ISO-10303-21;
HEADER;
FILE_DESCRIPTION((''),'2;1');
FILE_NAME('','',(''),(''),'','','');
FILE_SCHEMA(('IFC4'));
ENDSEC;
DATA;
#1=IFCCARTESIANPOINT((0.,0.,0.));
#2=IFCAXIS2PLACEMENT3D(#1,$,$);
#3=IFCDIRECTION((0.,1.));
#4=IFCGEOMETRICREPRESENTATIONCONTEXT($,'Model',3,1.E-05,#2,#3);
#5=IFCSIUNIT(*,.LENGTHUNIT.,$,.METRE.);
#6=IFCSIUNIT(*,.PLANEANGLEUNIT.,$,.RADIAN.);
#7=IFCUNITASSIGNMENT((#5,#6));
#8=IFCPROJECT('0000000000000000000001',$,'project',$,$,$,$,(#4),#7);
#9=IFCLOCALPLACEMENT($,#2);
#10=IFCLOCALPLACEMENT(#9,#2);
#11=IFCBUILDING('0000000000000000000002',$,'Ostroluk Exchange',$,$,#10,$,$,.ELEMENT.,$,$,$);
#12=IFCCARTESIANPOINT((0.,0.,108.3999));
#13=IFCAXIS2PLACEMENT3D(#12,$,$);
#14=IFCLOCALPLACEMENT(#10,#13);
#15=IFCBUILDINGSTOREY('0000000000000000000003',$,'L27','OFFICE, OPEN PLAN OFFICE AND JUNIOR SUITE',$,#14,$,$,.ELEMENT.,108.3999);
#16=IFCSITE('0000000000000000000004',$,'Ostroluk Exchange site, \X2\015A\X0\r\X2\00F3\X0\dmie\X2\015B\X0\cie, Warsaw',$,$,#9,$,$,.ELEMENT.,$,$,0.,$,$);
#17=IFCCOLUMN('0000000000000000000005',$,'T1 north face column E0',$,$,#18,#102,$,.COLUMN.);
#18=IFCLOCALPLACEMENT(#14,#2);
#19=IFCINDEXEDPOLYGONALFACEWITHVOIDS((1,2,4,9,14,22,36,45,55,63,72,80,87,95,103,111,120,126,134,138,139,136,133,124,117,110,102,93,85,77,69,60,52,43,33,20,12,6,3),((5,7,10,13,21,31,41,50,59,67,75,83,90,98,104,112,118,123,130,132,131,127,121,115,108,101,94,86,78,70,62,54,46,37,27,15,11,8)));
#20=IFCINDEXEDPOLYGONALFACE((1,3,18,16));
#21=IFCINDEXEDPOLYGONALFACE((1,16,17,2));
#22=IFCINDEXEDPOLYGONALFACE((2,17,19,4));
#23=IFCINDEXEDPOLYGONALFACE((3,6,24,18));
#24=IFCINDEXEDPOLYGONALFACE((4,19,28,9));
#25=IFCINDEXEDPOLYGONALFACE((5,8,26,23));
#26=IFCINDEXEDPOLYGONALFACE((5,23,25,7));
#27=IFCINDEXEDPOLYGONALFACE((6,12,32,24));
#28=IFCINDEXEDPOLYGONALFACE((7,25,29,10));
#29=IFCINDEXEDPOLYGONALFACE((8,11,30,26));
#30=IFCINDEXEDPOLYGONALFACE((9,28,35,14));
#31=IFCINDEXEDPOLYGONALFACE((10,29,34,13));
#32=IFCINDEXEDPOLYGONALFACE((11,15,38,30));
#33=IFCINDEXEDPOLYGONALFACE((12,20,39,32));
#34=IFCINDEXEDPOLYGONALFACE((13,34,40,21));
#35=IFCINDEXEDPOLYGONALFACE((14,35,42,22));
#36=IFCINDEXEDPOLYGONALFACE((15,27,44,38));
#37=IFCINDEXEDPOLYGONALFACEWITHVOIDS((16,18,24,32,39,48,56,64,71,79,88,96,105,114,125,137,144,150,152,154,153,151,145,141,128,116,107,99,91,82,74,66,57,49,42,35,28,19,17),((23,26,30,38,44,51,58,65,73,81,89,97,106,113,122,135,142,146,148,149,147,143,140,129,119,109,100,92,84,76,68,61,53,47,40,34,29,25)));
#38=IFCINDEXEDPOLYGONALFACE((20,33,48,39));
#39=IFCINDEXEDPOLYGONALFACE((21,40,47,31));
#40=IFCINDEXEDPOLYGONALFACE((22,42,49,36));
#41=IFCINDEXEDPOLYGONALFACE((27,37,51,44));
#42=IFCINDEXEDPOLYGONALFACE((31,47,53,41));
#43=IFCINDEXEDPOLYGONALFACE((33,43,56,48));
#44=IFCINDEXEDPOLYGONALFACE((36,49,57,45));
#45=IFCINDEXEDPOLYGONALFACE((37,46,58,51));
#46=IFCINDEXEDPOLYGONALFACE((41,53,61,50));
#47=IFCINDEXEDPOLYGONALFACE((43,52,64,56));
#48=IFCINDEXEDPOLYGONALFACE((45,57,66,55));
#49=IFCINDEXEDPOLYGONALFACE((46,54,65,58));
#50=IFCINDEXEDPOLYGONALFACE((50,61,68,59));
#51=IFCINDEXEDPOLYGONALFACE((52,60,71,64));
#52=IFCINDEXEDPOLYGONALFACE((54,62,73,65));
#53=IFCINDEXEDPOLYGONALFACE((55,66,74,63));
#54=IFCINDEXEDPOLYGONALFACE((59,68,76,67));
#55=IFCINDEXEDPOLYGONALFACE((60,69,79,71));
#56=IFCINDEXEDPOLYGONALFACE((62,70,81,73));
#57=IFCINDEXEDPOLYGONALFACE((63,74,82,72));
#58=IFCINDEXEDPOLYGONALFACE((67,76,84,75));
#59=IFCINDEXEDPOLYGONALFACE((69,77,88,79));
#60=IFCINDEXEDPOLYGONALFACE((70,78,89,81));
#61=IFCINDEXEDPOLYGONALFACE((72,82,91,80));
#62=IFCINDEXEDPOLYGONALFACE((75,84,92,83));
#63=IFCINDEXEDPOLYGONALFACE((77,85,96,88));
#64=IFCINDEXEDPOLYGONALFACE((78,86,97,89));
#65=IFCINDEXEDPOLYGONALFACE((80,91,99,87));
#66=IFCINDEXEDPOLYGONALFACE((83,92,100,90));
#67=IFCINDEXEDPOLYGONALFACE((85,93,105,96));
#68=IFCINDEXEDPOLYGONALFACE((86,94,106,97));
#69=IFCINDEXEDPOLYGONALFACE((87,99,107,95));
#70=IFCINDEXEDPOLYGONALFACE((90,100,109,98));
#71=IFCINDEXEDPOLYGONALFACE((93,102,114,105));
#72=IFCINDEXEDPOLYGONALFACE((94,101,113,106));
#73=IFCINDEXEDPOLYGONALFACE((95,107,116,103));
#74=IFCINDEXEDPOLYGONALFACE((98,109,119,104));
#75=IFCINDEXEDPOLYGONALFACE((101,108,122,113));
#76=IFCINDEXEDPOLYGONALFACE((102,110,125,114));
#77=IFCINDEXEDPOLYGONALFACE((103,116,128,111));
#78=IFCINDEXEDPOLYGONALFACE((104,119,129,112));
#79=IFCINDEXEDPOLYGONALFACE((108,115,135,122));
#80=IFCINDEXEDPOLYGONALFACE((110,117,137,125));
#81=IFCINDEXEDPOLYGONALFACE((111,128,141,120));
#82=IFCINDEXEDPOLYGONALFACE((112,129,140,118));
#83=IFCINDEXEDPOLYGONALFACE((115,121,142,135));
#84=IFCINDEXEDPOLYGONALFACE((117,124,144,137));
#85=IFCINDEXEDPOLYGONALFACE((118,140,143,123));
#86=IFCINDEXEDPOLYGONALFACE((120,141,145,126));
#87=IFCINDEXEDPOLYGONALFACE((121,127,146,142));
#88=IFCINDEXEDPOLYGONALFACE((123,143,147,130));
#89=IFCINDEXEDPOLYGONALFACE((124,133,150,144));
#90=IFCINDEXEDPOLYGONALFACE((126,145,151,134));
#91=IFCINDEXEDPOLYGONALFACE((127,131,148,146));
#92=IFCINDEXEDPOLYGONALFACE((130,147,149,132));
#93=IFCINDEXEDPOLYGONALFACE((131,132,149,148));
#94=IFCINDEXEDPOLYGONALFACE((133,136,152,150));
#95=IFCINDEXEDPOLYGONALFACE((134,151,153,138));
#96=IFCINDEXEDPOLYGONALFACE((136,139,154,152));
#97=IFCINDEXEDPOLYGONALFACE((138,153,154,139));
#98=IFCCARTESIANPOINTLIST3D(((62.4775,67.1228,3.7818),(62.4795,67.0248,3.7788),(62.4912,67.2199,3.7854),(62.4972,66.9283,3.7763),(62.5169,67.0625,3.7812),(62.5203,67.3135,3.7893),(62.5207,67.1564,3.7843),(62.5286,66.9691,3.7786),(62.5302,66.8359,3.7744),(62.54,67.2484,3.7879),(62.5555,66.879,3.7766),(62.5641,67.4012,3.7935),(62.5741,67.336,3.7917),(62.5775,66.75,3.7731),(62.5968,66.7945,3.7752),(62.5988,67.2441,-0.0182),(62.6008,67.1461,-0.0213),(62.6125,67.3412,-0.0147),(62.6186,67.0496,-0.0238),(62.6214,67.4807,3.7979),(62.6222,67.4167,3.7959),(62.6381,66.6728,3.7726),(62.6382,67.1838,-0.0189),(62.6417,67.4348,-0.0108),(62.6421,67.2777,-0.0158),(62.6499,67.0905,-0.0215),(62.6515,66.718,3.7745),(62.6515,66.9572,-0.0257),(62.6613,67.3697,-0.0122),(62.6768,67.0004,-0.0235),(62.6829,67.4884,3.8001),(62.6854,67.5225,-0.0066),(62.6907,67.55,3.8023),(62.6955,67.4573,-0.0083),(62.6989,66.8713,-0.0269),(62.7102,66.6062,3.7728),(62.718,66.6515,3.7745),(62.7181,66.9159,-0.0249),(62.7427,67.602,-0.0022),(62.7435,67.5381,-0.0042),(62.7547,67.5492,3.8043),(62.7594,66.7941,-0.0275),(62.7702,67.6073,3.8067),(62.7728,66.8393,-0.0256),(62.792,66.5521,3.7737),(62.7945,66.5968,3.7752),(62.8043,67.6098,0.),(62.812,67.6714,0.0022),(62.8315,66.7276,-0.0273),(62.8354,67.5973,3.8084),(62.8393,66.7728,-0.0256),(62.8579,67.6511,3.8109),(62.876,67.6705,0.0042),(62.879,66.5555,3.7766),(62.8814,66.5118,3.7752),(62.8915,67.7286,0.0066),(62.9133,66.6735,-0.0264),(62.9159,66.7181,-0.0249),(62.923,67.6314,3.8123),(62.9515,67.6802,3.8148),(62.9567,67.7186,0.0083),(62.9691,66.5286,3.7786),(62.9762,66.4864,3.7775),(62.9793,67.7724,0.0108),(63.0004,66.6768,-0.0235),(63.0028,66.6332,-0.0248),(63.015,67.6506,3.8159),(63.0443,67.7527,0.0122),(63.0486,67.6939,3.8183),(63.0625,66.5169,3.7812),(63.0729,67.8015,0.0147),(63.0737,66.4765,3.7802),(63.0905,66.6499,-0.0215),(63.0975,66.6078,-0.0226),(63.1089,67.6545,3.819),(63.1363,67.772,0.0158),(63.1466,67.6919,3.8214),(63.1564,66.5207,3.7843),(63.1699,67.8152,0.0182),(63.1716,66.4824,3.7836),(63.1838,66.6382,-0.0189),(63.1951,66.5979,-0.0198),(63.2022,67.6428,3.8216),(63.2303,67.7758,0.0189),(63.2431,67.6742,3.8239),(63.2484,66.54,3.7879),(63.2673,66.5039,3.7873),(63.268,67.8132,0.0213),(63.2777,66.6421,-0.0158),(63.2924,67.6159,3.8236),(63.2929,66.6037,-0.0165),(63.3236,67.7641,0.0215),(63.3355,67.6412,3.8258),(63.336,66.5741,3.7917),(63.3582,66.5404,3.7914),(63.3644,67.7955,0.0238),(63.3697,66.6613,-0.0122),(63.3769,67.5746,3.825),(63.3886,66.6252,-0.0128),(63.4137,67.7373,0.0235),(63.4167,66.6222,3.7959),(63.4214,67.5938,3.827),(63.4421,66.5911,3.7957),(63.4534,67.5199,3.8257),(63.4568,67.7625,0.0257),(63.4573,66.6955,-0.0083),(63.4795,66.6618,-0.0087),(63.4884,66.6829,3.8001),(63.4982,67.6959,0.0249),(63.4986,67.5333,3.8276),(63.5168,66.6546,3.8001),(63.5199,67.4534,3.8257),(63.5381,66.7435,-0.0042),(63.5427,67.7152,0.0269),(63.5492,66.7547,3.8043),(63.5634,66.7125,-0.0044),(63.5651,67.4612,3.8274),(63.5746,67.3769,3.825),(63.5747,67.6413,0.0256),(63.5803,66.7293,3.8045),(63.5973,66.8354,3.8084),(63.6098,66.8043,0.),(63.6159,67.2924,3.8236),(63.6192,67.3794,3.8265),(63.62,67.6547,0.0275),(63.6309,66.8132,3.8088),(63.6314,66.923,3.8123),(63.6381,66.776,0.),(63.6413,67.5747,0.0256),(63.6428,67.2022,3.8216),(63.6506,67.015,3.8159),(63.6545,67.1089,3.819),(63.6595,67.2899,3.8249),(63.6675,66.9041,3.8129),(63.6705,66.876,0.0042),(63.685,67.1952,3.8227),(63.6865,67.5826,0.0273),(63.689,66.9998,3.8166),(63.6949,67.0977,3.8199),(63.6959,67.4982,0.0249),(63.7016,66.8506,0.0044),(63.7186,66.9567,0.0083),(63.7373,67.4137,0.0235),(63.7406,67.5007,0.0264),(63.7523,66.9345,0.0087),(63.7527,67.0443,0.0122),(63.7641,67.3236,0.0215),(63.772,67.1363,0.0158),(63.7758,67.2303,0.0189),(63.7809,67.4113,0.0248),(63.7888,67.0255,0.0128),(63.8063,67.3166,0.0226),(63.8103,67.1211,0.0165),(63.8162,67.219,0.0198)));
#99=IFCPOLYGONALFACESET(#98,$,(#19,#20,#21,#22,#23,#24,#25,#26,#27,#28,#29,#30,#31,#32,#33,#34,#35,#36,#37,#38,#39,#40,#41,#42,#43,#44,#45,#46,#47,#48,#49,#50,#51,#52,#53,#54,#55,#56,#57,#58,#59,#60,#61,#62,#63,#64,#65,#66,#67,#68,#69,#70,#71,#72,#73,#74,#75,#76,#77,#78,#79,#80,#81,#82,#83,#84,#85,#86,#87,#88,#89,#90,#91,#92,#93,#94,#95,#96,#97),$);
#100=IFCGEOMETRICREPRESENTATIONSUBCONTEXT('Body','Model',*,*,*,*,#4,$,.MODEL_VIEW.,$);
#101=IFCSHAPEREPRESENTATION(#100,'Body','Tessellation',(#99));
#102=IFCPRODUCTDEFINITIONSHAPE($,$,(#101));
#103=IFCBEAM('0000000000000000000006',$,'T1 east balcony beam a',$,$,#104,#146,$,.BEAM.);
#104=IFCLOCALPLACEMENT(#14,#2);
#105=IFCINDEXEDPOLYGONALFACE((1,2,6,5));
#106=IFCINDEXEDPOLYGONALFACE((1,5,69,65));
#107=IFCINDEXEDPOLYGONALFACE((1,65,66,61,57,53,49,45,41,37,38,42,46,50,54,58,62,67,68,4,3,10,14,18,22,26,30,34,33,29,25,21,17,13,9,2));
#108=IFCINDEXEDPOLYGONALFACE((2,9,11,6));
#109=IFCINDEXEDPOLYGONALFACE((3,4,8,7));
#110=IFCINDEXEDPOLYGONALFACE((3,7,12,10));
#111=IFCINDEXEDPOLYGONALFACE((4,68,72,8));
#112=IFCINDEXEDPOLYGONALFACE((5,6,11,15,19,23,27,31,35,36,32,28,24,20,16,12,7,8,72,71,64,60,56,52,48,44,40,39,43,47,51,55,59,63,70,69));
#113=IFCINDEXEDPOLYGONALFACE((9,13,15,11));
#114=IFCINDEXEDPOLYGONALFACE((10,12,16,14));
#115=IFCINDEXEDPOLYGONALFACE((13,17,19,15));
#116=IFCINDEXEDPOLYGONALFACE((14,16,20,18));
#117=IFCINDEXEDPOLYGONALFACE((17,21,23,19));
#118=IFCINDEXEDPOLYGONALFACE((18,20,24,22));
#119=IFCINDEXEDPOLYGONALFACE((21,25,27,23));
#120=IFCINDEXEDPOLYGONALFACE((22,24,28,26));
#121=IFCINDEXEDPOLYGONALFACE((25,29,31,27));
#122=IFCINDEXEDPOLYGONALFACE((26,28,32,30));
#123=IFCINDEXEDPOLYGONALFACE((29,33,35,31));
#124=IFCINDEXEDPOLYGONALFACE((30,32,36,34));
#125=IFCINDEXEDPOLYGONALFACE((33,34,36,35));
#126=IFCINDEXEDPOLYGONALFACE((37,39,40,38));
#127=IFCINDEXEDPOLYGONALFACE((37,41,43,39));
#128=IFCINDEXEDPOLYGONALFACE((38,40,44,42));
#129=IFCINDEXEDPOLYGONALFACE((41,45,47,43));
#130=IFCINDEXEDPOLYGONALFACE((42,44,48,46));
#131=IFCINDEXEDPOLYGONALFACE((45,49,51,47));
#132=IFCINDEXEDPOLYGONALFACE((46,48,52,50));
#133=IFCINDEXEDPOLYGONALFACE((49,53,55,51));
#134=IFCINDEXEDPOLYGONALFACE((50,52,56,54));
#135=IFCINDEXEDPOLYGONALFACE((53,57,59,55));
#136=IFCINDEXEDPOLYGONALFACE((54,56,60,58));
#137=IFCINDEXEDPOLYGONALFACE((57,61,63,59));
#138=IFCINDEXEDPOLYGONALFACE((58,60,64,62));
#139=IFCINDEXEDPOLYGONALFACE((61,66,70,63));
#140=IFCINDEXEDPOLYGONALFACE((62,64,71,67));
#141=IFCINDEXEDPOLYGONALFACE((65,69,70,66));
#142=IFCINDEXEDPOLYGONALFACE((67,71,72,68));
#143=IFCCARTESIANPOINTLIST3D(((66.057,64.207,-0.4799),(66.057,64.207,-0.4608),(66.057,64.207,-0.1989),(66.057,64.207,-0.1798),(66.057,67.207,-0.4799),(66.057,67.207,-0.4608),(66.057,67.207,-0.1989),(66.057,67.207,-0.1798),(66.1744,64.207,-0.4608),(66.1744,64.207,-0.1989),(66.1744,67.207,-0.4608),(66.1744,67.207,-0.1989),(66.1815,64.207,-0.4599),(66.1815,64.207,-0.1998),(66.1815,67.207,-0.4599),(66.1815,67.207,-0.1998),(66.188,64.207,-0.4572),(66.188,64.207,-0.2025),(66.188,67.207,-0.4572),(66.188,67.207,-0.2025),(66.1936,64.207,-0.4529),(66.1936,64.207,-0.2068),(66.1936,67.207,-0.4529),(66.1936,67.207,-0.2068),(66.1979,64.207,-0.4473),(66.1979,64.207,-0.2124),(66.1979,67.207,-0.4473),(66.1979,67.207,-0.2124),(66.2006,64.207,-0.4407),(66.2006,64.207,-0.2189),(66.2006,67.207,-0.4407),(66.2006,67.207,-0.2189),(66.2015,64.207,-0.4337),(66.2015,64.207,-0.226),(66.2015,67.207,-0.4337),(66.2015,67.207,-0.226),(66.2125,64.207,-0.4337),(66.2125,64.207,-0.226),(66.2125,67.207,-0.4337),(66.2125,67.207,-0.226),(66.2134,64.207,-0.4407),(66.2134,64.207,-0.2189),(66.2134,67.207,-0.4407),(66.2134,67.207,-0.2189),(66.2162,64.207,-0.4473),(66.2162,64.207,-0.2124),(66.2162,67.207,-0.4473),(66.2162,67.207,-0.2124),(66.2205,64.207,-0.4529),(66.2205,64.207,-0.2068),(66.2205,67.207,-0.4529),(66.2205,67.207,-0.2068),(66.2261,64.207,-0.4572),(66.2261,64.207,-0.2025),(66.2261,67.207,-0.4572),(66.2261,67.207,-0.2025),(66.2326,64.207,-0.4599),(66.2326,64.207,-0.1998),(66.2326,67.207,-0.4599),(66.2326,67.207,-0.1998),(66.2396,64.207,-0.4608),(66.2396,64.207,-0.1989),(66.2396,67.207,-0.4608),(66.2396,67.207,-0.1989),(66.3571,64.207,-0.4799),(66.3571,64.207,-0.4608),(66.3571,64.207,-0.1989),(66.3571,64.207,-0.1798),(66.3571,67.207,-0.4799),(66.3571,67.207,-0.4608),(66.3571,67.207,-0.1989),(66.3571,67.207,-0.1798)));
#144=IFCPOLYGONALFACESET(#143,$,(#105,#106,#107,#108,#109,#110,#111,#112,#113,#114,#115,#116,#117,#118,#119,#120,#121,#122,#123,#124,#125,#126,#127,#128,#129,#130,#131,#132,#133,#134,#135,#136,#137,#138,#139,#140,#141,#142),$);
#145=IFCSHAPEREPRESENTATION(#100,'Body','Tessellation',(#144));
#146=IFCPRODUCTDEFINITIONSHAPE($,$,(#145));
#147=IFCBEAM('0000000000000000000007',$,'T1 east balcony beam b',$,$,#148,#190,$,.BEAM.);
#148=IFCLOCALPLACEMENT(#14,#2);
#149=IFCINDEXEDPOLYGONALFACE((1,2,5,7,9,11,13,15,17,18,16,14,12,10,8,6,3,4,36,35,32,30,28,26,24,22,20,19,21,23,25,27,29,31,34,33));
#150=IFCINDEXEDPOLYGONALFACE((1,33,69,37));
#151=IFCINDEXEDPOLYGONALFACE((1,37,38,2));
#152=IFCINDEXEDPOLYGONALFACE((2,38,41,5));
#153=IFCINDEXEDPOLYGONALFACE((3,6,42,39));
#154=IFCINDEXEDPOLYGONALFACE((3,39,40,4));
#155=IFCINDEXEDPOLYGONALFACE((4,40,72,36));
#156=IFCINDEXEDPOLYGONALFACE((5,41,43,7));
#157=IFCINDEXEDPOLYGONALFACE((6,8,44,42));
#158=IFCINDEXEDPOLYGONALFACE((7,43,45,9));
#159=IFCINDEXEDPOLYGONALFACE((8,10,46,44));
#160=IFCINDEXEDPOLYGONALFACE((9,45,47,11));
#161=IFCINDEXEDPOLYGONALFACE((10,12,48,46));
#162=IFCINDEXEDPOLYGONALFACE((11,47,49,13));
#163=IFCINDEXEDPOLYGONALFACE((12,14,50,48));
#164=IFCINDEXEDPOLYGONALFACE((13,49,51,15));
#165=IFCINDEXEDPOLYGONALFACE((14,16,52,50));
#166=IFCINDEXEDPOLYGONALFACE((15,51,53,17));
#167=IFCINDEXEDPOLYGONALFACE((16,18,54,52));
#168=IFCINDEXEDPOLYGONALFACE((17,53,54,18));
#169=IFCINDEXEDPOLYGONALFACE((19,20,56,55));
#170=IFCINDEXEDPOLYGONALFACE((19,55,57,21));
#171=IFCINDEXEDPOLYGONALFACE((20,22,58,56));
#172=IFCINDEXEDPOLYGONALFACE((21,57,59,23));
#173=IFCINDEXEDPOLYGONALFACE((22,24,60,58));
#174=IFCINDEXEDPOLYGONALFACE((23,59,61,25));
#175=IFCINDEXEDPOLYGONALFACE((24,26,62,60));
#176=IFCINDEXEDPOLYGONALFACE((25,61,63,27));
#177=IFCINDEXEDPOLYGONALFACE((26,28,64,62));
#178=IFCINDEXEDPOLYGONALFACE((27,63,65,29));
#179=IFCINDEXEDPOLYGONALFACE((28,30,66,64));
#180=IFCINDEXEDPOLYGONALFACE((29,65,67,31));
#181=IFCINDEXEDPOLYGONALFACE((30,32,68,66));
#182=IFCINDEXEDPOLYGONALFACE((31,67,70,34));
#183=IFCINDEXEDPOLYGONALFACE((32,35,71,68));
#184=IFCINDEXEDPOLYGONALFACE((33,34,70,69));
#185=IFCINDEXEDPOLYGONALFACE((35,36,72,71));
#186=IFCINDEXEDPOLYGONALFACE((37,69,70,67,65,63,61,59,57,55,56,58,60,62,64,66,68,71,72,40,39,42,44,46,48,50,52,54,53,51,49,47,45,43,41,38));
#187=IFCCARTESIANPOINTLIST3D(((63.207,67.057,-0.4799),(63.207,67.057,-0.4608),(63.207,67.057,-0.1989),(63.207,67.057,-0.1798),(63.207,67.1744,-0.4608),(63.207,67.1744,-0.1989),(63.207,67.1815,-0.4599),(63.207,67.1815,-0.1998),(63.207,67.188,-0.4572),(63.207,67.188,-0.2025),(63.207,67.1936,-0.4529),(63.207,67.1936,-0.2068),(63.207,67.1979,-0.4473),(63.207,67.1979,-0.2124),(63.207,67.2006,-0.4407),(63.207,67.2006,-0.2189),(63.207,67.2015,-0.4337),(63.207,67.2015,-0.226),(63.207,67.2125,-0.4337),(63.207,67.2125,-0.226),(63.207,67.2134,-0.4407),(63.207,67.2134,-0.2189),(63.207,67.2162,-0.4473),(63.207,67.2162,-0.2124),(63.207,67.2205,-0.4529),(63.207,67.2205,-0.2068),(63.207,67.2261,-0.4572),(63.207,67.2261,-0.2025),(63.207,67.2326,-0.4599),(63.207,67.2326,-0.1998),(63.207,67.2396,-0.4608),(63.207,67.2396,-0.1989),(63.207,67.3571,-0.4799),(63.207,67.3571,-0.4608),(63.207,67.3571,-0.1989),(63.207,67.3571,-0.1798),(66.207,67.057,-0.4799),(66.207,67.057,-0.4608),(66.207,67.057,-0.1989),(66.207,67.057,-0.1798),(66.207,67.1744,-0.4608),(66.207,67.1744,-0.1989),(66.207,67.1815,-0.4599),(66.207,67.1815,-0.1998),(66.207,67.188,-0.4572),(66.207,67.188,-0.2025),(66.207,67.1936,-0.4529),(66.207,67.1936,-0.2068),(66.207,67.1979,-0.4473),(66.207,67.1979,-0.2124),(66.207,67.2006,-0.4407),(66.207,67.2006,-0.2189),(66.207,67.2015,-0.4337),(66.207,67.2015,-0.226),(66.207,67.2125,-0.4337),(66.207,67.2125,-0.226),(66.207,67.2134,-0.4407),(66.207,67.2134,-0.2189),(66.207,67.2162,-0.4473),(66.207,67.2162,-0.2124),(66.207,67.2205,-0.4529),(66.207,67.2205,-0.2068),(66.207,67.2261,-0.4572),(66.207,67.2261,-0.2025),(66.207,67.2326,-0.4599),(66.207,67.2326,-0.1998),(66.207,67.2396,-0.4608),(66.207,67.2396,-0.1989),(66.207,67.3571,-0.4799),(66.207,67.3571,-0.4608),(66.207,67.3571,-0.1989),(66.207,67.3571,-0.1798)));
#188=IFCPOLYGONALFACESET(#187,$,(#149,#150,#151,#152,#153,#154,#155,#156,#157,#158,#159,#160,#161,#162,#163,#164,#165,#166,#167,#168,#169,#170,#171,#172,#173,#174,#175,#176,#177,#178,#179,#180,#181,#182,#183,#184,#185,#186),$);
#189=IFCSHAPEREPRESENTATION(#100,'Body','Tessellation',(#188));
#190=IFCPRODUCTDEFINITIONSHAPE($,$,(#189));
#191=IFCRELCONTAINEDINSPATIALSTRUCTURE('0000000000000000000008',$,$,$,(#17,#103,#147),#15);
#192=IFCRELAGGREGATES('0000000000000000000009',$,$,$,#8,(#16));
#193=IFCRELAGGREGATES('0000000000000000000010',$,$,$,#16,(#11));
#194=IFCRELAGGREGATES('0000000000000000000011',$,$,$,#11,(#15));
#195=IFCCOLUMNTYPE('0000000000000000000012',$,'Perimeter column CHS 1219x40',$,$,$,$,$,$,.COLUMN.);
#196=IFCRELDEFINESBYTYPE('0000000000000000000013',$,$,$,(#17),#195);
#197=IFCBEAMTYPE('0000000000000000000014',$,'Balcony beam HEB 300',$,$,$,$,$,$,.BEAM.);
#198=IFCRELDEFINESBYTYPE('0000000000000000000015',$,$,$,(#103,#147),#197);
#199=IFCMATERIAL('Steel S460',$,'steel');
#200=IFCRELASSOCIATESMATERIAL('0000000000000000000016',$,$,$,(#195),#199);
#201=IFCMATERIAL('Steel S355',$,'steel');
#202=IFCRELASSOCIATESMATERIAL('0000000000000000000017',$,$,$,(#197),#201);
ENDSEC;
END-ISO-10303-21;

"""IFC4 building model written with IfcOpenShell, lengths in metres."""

from ifc_helpers import new_model, si_unit, direction, frame, origin, origin_2d, place, context, subcontext, project, spatial, hollow_circle, i_section, extrude, material, material_profile, profile_set, type_object, element, save


model = new_model("IFC4")

# Units and contexts
model_context = context("Model", 3, precision=1e-05, world=origin(), true_north=direction((0.0, 1.0)))
body_context = subcontext(model_context, "Body", "Model", "MODEL_VIEW")
ifc_project = project(units=[si_unit("LENGTHUNIT", "METRE"), si_unit("PLANEANGLEUNIT", "RADIAN")], contexts=[model_context])

# Site, building, storey
site_placement = place(None, origin())
site = spatial("IfcSite", under=ifc_project, at=site_placement, Name="Ostroluk Exchange site, Śródmieście, Warsaw", CompositionType="ELEMENT", RefElevation=0.0)
building_placement = place(site_placement, origin())
building = spatial("IfcBuilding", under=site, at=building_placement, Name="Ostroluk Exchange", CompositionType="ELEMENT")
storey_placement = place(building_placement, frame((0.0, 0.0, 108.3999)))
storey = spatial("IfcBuildingStorey", under=building, at=storey_placement, Name="L27", Description="OFFICE, OPEN PLAN OFFICE AND JUNIOR SUITE", CompositionType="ELEMENT", Elevation=108.3999)

# Column
ifc_material_1 = material(Name="Steel S460", Category="steel")
ifc_material_profile_1 = material_profile(ifc_material_1, hollow_circle(Radius=0.6096, WallThickness=0.04, at=origin_2d()), Name="CHS 1219x40")
ifc_profile_set_1 = profile_set([ifc_material_profile_1], Name="Steel S460")
column_type = type_object("IfcColumnType", Name="Perimeter column CHS 1219x40", PredefinedType="COLUMN", material=ifc_profile_set_1)
column_1_placement = place(storey_placement, frame((63.207, 67.207, 0.0), z_axis=(-0.031898, -0.031898, 0.998982), x_axis=(0.707107, -0.707107, 0.0)))
element("IfcColumn", 1, at=column_1_placement, inside=storey, type_object=column_type, Name="T1 north face column E0", PredefinedType="COLUMN", context=body_context, shape_type="SweptSolid", body=[
    extrude(hollow_circle(Radius=0.6096, WallThickness=0.04, at=origin_2d()), origin(), (0.0, 0.0, 1.0), 3.804),
])

# Beams
ifc_material_2 = material(Name="Steel S355", Category="steel")
ifc_material_profile_2 = material_profile(ifc_material_2, i_section(OverallWidth=0.3, OverallDepth=0.3, WebThickness=0.011, FlangeThickness=0.019, FilletRadius=0.0271, at=origin_2d()), Name="HEB 300")
ifc_profile_set_2 = profile_set([ifc_material_profile_2], Name="Steel S355")
beam_type_1 = type_object("IfcBeamType", Name="Balcony beam HEB 300", PredefinedType="BEAM", material=ifc_profile_set_2)
for number, where, z_axis, x_axis, name in (
    (2, (66.207, 64.207, -0.3298), (0.0, 1.0, 0.0), (-1.0, 0.0, 0.0), "T1 east balcony beam a"),
    (3, (63.207, 67.207, -0.3298), (1.0, 0.0, 0.0), (0.0, 1.0, 0.0), "T1 east balcony beam b"),
):
    element("IfcBeam", number, at=place(storey_placement, frame(where, z_axis=z_axis, x_axis=x_axis)), inside=storey, type_object=beam_type_1, Name=name, PredefinedType="BEAM", context=body_context, shape_type="SweptSolid", body=[
        extrude(i_section(OverallWidth=0.3, OverallDepth=0.3, WebThickness=0.011, FlangeThickness=0.019, FilletRadius=0.0271, at=origin_2d()), origin(), (0.0, 0.0, 1.0), 3.0),
    ])

save(model, "model.ifc")
